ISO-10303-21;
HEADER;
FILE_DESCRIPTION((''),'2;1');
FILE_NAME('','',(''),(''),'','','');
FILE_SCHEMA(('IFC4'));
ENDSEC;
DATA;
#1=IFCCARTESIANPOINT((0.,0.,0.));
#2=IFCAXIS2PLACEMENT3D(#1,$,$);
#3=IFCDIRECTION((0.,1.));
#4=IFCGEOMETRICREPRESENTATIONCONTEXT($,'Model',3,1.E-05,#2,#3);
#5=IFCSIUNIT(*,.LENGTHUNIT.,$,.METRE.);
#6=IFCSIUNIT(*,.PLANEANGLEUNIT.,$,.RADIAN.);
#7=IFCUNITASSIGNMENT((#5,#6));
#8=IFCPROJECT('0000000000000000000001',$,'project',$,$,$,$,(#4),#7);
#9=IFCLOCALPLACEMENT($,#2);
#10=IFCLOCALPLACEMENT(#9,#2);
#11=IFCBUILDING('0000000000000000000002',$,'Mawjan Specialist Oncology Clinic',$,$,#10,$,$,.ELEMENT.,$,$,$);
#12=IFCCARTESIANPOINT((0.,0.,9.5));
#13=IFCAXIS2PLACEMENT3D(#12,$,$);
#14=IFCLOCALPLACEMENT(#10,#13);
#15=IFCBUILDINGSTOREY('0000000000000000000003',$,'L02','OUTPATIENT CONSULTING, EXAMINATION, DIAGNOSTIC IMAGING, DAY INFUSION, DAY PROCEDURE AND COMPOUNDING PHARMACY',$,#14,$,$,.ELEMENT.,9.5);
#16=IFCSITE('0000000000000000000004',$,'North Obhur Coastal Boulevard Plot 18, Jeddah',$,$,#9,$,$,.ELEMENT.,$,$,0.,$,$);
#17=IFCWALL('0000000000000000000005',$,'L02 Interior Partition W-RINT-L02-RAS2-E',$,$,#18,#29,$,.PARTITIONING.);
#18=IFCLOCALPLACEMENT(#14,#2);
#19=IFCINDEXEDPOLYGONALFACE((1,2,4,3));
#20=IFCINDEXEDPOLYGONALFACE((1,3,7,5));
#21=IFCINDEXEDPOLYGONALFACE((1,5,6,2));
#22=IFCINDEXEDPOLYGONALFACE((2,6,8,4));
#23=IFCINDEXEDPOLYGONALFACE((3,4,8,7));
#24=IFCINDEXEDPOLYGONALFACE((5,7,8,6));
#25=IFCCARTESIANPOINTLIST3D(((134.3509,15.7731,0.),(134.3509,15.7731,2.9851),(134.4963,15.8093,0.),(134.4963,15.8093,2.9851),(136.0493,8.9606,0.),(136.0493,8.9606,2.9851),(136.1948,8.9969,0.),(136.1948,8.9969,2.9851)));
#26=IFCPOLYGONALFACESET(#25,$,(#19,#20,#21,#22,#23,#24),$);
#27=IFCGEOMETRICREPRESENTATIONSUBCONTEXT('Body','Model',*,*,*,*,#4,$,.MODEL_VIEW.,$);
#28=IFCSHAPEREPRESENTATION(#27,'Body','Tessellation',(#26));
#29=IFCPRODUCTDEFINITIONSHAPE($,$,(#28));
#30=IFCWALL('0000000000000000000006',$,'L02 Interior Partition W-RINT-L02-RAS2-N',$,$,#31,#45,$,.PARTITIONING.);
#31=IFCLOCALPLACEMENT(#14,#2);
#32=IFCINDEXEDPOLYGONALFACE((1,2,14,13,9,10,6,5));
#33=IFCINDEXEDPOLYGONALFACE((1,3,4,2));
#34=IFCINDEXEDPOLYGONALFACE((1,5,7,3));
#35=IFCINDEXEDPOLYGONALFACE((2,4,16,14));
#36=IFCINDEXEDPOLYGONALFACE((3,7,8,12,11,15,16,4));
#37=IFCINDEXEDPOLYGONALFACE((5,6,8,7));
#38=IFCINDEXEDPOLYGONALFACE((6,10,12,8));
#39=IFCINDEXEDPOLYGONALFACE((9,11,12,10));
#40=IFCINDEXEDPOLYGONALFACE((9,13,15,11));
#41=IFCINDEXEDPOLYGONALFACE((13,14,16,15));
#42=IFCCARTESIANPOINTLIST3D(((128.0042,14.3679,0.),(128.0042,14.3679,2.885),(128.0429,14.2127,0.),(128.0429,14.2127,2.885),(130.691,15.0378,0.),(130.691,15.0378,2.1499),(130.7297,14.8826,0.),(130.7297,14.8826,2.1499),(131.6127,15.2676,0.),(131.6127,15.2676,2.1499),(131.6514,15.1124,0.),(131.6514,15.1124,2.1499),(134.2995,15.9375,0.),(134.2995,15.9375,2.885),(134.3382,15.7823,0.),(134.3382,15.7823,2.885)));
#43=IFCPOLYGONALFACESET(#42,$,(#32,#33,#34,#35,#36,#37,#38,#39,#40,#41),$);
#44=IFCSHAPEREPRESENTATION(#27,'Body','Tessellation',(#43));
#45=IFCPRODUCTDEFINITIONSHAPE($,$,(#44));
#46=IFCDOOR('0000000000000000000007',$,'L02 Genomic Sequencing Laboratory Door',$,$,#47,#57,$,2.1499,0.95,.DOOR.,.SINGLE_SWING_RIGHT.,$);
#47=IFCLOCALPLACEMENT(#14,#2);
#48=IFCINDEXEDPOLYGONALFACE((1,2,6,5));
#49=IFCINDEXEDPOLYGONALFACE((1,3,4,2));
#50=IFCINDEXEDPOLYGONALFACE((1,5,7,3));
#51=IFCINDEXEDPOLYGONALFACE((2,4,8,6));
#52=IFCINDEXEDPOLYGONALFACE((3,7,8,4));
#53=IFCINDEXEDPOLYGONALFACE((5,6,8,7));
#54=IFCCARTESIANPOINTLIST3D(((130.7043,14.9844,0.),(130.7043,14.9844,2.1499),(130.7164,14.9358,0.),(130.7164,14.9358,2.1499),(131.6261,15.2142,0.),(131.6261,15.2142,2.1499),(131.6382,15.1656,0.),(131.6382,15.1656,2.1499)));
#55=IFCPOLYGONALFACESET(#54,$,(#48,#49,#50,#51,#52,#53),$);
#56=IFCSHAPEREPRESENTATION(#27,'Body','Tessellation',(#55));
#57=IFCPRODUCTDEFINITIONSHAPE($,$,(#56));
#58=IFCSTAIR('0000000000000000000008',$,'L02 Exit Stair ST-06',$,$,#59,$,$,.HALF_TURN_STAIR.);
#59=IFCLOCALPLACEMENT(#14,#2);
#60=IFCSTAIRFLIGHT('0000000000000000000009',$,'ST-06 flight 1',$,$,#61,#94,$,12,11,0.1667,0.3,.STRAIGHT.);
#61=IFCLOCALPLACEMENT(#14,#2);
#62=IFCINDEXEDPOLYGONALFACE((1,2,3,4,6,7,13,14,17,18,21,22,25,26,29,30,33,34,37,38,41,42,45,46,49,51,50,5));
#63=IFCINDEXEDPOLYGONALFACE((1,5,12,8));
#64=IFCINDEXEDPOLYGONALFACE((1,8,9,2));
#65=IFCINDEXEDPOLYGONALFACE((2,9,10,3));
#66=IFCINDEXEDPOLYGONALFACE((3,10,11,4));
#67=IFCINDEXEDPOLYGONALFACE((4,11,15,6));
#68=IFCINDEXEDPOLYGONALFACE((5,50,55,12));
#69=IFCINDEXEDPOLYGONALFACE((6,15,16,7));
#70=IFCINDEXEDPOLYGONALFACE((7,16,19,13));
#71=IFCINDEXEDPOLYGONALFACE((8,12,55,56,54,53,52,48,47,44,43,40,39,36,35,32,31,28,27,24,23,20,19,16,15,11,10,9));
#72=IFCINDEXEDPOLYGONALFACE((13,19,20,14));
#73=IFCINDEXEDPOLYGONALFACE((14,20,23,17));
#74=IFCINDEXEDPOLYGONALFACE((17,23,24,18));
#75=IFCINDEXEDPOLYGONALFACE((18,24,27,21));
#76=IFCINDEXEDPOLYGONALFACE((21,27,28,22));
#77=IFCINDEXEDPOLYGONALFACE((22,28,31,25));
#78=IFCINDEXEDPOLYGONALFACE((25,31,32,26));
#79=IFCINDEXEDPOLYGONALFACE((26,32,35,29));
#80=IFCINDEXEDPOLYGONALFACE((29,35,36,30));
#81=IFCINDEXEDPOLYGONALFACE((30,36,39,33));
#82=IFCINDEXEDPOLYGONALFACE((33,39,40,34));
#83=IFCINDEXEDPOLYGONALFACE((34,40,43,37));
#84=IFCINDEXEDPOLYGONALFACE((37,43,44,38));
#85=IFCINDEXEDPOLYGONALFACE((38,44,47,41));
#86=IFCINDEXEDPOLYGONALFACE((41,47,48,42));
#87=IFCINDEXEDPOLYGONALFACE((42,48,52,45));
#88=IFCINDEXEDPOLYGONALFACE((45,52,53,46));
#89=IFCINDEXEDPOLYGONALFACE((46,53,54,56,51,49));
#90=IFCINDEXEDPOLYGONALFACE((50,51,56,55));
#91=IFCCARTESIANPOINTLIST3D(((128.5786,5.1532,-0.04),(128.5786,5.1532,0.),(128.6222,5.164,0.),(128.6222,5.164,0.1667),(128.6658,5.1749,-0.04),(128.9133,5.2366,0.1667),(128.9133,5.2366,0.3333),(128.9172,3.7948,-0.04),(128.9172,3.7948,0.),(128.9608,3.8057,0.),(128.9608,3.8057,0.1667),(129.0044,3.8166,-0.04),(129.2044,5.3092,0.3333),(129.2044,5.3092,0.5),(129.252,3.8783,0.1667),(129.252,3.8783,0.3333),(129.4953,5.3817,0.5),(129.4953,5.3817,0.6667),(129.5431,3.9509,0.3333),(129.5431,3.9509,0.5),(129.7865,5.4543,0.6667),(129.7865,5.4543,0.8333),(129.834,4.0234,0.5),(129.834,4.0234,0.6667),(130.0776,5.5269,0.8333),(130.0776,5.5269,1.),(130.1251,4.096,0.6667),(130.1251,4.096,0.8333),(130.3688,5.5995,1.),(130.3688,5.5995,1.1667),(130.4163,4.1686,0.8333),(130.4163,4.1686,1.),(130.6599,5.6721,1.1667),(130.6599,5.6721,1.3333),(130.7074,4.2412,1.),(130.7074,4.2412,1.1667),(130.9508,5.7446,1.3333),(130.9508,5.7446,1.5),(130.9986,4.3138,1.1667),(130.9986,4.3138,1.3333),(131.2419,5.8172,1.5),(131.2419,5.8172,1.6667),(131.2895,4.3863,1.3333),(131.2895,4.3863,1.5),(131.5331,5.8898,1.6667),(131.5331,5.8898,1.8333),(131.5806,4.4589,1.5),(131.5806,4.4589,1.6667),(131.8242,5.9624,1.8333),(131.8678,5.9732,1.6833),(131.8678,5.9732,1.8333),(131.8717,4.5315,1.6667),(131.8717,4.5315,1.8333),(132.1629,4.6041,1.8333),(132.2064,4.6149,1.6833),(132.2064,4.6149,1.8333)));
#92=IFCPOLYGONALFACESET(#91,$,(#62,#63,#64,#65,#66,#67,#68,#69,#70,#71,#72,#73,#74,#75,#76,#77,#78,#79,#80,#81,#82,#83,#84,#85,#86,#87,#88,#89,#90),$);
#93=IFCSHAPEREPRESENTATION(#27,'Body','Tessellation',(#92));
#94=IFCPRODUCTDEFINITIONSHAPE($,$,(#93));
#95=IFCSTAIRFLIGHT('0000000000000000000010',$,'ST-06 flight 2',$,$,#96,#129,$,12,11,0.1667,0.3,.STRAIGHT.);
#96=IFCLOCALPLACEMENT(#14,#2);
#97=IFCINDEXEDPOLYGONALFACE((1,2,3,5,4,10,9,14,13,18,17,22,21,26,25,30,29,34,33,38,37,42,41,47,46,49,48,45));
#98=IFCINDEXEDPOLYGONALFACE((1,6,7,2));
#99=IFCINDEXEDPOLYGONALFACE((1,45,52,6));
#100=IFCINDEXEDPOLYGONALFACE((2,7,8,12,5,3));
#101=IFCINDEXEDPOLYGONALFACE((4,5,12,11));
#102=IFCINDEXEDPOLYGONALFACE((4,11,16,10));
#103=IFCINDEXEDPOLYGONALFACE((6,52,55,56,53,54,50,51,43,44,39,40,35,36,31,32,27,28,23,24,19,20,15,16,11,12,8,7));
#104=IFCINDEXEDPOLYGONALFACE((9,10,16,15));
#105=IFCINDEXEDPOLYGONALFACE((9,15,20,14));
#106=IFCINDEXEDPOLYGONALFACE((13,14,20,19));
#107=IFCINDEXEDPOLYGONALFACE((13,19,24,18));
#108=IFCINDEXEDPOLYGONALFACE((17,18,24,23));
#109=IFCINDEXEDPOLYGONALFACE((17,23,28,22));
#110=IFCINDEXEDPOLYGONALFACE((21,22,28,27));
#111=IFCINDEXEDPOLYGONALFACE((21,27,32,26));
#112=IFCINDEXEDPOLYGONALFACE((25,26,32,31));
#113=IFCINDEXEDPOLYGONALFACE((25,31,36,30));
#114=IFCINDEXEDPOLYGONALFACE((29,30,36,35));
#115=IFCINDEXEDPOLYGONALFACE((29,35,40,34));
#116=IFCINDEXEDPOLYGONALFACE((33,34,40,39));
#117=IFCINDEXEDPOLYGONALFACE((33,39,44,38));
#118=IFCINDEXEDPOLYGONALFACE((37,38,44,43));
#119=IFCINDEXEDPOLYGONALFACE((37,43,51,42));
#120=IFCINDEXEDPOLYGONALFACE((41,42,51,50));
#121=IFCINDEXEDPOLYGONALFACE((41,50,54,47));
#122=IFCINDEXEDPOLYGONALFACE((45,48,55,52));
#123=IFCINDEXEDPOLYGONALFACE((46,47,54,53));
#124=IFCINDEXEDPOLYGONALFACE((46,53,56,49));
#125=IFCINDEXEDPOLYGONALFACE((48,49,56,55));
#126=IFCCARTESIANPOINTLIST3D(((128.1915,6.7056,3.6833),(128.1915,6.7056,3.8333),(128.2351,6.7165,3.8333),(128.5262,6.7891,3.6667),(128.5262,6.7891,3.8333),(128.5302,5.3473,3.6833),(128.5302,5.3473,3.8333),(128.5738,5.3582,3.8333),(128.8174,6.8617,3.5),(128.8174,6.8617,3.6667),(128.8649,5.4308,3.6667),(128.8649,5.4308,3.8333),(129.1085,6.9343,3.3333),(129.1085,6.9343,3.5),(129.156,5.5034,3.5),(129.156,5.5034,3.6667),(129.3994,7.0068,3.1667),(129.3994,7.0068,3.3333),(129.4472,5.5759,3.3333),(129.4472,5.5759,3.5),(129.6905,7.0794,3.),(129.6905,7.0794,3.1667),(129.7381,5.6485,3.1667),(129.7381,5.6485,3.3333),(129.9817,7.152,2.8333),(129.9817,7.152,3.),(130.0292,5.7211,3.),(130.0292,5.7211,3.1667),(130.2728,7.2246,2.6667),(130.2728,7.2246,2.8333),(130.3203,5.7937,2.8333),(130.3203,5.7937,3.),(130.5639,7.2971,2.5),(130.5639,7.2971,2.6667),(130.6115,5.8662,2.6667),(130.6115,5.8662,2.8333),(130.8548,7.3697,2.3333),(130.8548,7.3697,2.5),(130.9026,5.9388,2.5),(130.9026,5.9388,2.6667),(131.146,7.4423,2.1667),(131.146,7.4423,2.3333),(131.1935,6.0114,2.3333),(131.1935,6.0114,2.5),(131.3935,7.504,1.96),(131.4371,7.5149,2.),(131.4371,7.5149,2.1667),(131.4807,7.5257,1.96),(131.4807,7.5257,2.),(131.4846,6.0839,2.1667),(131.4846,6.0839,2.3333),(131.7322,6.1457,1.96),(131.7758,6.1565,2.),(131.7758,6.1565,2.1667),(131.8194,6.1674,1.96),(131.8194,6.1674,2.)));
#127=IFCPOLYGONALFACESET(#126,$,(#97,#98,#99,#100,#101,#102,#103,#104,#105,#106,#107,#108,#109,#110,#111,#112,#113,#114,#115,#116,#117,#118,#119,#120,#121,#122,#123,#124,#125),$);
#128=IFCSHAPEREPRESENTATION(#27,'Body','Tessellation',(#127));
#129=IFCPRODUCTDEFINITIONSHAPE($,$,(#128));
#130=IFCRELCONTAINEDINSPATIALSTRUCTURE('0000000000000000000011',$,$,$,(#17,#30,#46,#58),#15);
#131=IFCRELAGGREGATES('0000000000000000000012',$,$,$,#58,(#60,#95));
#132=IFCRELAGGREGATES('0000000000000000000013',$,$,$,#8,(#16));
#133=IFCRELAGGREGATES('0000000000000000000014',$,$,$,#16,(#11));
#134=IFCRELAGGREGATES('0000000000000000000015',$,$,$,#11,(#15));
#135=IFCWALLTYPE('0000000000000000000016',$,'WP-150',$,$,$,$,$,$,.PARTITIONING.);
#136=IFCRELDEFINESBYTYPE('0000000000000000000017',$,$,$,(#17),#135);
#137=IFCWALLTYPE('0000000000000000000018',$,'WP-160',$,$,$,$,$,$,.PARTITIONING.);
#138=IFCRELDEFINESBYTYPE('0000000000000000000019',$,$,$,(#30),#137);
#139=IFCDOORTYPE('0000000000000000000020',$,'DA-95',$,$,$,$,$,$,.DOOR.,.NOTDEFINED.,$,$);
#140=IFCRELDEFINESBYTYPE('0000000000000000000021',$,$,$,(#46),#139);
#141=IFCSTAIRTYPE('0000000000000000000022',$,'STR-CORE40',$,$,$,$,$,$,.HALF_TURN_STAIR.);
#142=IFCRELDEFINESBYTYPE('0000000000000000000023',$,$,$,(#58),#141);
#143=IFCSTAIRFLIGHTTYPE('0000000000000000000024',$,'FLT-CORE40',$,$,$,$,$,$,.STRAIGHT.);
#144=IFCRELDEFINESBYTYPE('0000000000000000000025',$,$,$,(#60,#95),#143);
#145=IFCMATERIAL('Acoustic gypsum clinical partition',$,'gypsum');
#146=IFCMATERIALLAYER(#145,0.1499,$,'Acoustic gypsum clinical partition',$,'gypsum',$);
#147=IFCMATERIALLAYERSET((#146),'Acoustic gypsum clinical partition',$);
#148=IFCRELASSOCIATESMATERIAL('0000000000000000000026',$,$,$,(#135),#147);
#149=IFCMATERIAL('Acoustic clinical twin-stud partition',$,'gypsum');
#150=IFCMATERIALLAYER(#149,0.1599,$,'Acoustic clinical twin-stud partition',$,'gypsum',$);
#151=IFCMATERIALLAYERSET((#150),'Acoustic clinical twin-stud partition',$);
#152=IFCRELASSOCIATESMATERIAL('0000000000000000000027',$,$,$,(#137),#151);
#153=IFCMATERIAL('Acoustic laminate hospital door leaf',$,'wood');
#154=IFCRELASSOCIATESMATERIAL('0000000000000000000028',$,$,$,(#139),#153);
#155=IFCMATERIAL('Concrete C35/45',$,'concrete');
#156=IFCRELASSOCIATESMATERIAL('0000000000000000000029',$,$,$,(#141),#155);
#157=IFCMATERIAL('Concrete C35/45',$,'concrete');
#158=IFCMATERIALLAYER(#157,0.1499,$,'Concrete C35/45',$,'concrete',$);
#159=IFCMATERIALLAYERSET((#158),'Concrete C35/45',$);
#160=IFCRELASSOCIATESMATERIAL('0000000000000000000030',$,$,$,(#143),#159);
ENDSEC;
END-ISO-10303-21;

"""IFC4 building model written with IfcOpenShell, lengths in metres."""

from ifc_helpers import new_model, si_unit, direction, frame, frame_2d, origin, place, context, subcontext, project, spatial, polyline, rectangle, outline, extrude, material, layer, layer_set, type_object, element, fill, aggregate, save


model = new_model("IFC4")

# Units and contexts
model_context = context("Model", 3, precision=1e-05, world=origin(), true_north=direction((0.0, 1.0)))
body_context = subcontext(model_context, "Body", "Model", "MODEL_VIEW")
ifc_project = project(units=[si_unit("LENGTHUNIT", "METRE"), si_unit("PLANEANGLEUNIT", "RADIAN")], contexts=[model_context])

# Site, building, storey
site_placement = place(None, origin())
site = spatial("IfcSite", under=ifc_project, at=site_placement, Name="North Obhur Coastal Boulevard Plot 18, Jeddah", CompositionType="ELEMENT", RefElevation=0.0)
building_placement = place(site_placement, origin())
building = spatial("IfcBuilding", under=site, at=building_placement, Name="Mawjan Specialist Oncology Clinic", CompositionType="ELEMENT")
storey_placement = place(building_placement, frame((0.0, 0.0, 9.5)))
storey = spatial("IfcBuildingStorey", under=building, at=storey_placement, Name="L02", Description="OUTPATIENT CONSULTING, EXAMINATION, DIAGNOSTIC IMAGING, DAY INFUSION, DAY PROCEDURE AND COMPOUNDING PHARMACY", CompositionType="ELEMENT", Elevation=9.5)

# Wall
ifc_material_1 = material(Name="Acoustic gypsum clinical partition", Category="gypsum")
ifc_layer_1 = layer(ifc_material_1, 0.1499, Name="Acoustic gypsum clinical partition", Category="gypsum")
ifc_layer_set_1 = layer_set([ifc_layer_1], Name="Acoustic gypsum clinical partition")
wall_type_1 = type_object("IfcWallType", Name="WP-150", PredefinedType="PARTITIONING", material=ifc_layer_set_1)
wall_1_placement = place(storey_placement, frame((136.1221, 8.9788, 0.0), z_axis=(0.0, 0.0, 1.0), x_axis=(-0.241914, 0.970298, 0.0)))
element("IfcWall", 1, at=wall_1_placement, inside=storey, type_object=wall_type_1, Name="L02 Interior Partition W-RINT-L02-RAS2-E", PredefinedType="PARTITIONING", context=body_context, shape_type="SweptSolid", body=[
    extrude(rectangle(XDim=7.021, YDim=0.1499, at=frame_2d((3.5105, 0.0))), origin(), (0.0, 0.0, 1.0), 2.9851),
])

# Wall, opening, door
ifc_material_2 = material(Name="Acoustic clinical twin-stud partition", Category="gypsum")
ifc_layer_2 = layer(ifc_material_2, 0.1599, Name="Acoustic clinical twin-stud partition", Category="gypsum")
ifc_layer_set_2 = layer_set([ifc_layer_2], Name="Acoustic clinical twin-stud partition")
wall_type_2 = type_object("IfcWallType", Name="WP-160", PredefinedType="PARTITIONING", material=ifc_layer_set_2)
ifc_material_3 = material(Name="Acoustic laminate hospital door leaf", Category="wood")
door_type_1 = type_object("IfcDoorType", Name="DA-95", OperationType="NOTDEFINED", PredefinedType="DOOR", material=ifc_material_3)
wall_2_placement = place(storey_placement, frame((128.0234, 14.2903, 0.0), z_axis=(0.0, 0.0, 1.0), x_axis=(0.970297, 0.241916, 0.0)))
wall_2 = element("IfcWall", 2, at=wall_2_placement, inside=storey, type_object=wall_type_2, Name="L02 Interior Partition W-RINT-L02-RAS2-N", PredefinedType="PARTITIONING", context=body_context, shape_type="SweptSolid", body=[
    extrude(rectangle(XDim=6.488, YDim=0.1599, at=frame_2d((3.2441, 0.0))), origin(), (0.0, 0.0, 1.0), 2.885),
])
opening_1_placement = place(wall_2_placement, frame((2.769, 0.0, 0.0)))
opening_1 = element("IfcOpeningElement", 3, at=opening_1_placement, cuts=wall_2, PredefinedType="OPENING", context=body_context, shape_type="SweptSolid", body=[
    extrude(rectangle(XDim=0.95, YDim=2.1499, at=frame_2d((0.4751, 1.075))), frame((0.0, 0.092, 0.0), z_axis=(0.0, -1.0, 0.0), x_axis=(1.0, 0.0, 0.0)), (0.0, 0.0, 1.0), 0.1838),
])
door_1_placement = place(opening_1_placement, origin())
door_1 = element("IfcDoor", 4, at=door_1_placement, inside=storey, type_object=door_type_1, Name="L02 Genomic Sequencing Laboratory Door", OperationType="SINGLE_SWING_RIGHT", OverallHeight=2.1499, OverallWidth=0.95, PredefinedType="DOOR", context=body_context, shape_type="SweptSolid", body=[
    extrude(rectangle(XDim=0.95, YDim=2.1499, at=frame_2d((0.4751, 1.075))), frame((0.0, 0.0249, 0.0), z_axis=(0.0, -1.0, 0.0), x_axis=(1.0, 0.0, 0.0)), (0.0, 0.0, 1.0), 0.05),
])
fill(opening_1, door_1)

# Stair, stair flights
ifc_material_4 = material(Name="Concrete C35/45", Category="concrete")
stair_type = type_object("IfcStairType", Name="STR-CORE40", PredefinedType="HALF_TURN_STAIR", material=ifc_material_4)
stair_placement = place(storey_placement, origin())
stair = element("IfcStair", 5, at=stair_placement, inside=storey, type_object=stair_type, Name="L02 Exit Stair ST-06", PredefinedType="HALF_TURN_STAIR")
ifc_material_5 = material(Name="Concrete C35/45", Category="concrete")
ifc_layer_3 = layer(ifc_material_5, 0.1499, Name="Concrete C35/45", Category="concrete")
ifc_layer_set_3 = layer_set([ifc_layer_3], Name="Concrete C35/45")
stair_flight_type = type_object("IfcStairFlightType", Name="FLT-CORE40", PredefinedType="STRAIGHT", material=ifc_layer_set_3)
stair_flight_1_placement = place(storey_placement, frame((128.7915, 4.4849, 0.0), z_axis=(0.0, 0.0, 1.0), x_axis=(0.970296, 0.241922, 0.0)))
stair_flight_1 = element("IfcStairFlight", 6, at=stair_flight_1_placement, type_object=stair_flight_type, Name="ST-06 flight 1", NumberOfRisers=12, NumberOfTreads=11, PredefinedType="STRAIGHT", RiserHeight=0.1667, TreadLength=0.3, context=body_context, shape_type="SweptSolid", body=[
    extrude(outline(polyline([(-0.0449, -0.04), (-0.0449, 0.0), (0.0, 0.0), (0.0, 0.1667), (0.3, 0.1667), (0.3, 0.3333), (0.6001, 0.3333), (0.6001, 0.5), (0.8999, 0.5), (0.8999, 0.6667), (1.2, 0.6667), (1.2, 0.8333), (1.5, 0.8333), (1.5, 1.0), (1.8, 1.0), (1.8, 1.1667), (2.1001, 1.1667), (2.1001, 1.3333), (2.3999, 1.3333), (2.3999, 1.5), (2.7, 1.5), (2.7, 1.6667), (3.0, 1.6667), (3.0, 1.8333), (3.3, 1.8333), (3.345, 1.8333), (3.345, 1.6833), (0.0449, -0.04), (-0.0449, -0.04)])), frame((0.0, 0.7, 0.0), z_axis=(0.0, -1.0, 0.0), x_axis=(1.0, 0.0, 0.0)), (0.0, 0.0, 1.0), 1.3999),
])
stair_flight_2_placement = place(storey_placement, frame((131.6064, 6.8357, 2.0), z_axis=(0.0, 0.0, 1.0), x_axis=(-0.970296, -0.241922, 0.0)))
stair_flight_2 = element("IfcStairFlight", 7, at=stair_flight_2_placement, type_object=stair_flight_type, Name="ST-06 flight 2", NumberOfRisers=12, NumberOfTreads=11, PredefinedType="STRAIGHT", RiserHeight=0.1667, TreadLength=0.3, context=body_context, shape_type="SweptSolid", body=[
    extrude(outline(polyline([(-0.0449, -0.04), (-0.0449, 0.0), (0.0, 0.0), (0.0, 0.1667), (0.3, 0.1667), (0.3, 0.3333), (0.6001, 0.3333), (0.6001, 0.5), (0.8999, 0.5), (0.8999, 0.6667), (1.2, 0.6667), (1.2, 0.8333), (1.5, 0.8333), (1.5, 1.0), (1.8, 1.0), (1.8, 1.1667), (2.1001, 1.1667), (2.1001, 1.3333), (2.3999, 1.3333), (2.3999, 1.5), (2.7, 1.5), (2.7, 1.6667), (3.0, 1.6667), (3.0, 1.8333), (3.3, 1.8333), (3.345, 1.8333), (3.345, 1.6833), (0.0449, -0.04), (-0.0449, -0.04)])), frame((0.0, 0.7, 0.0), z_axis=(0.0, -1.0, 0.0), x_axis=(1.0, 0.0, 0.0)), (0.0, 0.0, 1.0), 1.3999),
])
aggregate(stair, [stair_flight_1, stair_flight_2])

save(model, "model.ifc")
